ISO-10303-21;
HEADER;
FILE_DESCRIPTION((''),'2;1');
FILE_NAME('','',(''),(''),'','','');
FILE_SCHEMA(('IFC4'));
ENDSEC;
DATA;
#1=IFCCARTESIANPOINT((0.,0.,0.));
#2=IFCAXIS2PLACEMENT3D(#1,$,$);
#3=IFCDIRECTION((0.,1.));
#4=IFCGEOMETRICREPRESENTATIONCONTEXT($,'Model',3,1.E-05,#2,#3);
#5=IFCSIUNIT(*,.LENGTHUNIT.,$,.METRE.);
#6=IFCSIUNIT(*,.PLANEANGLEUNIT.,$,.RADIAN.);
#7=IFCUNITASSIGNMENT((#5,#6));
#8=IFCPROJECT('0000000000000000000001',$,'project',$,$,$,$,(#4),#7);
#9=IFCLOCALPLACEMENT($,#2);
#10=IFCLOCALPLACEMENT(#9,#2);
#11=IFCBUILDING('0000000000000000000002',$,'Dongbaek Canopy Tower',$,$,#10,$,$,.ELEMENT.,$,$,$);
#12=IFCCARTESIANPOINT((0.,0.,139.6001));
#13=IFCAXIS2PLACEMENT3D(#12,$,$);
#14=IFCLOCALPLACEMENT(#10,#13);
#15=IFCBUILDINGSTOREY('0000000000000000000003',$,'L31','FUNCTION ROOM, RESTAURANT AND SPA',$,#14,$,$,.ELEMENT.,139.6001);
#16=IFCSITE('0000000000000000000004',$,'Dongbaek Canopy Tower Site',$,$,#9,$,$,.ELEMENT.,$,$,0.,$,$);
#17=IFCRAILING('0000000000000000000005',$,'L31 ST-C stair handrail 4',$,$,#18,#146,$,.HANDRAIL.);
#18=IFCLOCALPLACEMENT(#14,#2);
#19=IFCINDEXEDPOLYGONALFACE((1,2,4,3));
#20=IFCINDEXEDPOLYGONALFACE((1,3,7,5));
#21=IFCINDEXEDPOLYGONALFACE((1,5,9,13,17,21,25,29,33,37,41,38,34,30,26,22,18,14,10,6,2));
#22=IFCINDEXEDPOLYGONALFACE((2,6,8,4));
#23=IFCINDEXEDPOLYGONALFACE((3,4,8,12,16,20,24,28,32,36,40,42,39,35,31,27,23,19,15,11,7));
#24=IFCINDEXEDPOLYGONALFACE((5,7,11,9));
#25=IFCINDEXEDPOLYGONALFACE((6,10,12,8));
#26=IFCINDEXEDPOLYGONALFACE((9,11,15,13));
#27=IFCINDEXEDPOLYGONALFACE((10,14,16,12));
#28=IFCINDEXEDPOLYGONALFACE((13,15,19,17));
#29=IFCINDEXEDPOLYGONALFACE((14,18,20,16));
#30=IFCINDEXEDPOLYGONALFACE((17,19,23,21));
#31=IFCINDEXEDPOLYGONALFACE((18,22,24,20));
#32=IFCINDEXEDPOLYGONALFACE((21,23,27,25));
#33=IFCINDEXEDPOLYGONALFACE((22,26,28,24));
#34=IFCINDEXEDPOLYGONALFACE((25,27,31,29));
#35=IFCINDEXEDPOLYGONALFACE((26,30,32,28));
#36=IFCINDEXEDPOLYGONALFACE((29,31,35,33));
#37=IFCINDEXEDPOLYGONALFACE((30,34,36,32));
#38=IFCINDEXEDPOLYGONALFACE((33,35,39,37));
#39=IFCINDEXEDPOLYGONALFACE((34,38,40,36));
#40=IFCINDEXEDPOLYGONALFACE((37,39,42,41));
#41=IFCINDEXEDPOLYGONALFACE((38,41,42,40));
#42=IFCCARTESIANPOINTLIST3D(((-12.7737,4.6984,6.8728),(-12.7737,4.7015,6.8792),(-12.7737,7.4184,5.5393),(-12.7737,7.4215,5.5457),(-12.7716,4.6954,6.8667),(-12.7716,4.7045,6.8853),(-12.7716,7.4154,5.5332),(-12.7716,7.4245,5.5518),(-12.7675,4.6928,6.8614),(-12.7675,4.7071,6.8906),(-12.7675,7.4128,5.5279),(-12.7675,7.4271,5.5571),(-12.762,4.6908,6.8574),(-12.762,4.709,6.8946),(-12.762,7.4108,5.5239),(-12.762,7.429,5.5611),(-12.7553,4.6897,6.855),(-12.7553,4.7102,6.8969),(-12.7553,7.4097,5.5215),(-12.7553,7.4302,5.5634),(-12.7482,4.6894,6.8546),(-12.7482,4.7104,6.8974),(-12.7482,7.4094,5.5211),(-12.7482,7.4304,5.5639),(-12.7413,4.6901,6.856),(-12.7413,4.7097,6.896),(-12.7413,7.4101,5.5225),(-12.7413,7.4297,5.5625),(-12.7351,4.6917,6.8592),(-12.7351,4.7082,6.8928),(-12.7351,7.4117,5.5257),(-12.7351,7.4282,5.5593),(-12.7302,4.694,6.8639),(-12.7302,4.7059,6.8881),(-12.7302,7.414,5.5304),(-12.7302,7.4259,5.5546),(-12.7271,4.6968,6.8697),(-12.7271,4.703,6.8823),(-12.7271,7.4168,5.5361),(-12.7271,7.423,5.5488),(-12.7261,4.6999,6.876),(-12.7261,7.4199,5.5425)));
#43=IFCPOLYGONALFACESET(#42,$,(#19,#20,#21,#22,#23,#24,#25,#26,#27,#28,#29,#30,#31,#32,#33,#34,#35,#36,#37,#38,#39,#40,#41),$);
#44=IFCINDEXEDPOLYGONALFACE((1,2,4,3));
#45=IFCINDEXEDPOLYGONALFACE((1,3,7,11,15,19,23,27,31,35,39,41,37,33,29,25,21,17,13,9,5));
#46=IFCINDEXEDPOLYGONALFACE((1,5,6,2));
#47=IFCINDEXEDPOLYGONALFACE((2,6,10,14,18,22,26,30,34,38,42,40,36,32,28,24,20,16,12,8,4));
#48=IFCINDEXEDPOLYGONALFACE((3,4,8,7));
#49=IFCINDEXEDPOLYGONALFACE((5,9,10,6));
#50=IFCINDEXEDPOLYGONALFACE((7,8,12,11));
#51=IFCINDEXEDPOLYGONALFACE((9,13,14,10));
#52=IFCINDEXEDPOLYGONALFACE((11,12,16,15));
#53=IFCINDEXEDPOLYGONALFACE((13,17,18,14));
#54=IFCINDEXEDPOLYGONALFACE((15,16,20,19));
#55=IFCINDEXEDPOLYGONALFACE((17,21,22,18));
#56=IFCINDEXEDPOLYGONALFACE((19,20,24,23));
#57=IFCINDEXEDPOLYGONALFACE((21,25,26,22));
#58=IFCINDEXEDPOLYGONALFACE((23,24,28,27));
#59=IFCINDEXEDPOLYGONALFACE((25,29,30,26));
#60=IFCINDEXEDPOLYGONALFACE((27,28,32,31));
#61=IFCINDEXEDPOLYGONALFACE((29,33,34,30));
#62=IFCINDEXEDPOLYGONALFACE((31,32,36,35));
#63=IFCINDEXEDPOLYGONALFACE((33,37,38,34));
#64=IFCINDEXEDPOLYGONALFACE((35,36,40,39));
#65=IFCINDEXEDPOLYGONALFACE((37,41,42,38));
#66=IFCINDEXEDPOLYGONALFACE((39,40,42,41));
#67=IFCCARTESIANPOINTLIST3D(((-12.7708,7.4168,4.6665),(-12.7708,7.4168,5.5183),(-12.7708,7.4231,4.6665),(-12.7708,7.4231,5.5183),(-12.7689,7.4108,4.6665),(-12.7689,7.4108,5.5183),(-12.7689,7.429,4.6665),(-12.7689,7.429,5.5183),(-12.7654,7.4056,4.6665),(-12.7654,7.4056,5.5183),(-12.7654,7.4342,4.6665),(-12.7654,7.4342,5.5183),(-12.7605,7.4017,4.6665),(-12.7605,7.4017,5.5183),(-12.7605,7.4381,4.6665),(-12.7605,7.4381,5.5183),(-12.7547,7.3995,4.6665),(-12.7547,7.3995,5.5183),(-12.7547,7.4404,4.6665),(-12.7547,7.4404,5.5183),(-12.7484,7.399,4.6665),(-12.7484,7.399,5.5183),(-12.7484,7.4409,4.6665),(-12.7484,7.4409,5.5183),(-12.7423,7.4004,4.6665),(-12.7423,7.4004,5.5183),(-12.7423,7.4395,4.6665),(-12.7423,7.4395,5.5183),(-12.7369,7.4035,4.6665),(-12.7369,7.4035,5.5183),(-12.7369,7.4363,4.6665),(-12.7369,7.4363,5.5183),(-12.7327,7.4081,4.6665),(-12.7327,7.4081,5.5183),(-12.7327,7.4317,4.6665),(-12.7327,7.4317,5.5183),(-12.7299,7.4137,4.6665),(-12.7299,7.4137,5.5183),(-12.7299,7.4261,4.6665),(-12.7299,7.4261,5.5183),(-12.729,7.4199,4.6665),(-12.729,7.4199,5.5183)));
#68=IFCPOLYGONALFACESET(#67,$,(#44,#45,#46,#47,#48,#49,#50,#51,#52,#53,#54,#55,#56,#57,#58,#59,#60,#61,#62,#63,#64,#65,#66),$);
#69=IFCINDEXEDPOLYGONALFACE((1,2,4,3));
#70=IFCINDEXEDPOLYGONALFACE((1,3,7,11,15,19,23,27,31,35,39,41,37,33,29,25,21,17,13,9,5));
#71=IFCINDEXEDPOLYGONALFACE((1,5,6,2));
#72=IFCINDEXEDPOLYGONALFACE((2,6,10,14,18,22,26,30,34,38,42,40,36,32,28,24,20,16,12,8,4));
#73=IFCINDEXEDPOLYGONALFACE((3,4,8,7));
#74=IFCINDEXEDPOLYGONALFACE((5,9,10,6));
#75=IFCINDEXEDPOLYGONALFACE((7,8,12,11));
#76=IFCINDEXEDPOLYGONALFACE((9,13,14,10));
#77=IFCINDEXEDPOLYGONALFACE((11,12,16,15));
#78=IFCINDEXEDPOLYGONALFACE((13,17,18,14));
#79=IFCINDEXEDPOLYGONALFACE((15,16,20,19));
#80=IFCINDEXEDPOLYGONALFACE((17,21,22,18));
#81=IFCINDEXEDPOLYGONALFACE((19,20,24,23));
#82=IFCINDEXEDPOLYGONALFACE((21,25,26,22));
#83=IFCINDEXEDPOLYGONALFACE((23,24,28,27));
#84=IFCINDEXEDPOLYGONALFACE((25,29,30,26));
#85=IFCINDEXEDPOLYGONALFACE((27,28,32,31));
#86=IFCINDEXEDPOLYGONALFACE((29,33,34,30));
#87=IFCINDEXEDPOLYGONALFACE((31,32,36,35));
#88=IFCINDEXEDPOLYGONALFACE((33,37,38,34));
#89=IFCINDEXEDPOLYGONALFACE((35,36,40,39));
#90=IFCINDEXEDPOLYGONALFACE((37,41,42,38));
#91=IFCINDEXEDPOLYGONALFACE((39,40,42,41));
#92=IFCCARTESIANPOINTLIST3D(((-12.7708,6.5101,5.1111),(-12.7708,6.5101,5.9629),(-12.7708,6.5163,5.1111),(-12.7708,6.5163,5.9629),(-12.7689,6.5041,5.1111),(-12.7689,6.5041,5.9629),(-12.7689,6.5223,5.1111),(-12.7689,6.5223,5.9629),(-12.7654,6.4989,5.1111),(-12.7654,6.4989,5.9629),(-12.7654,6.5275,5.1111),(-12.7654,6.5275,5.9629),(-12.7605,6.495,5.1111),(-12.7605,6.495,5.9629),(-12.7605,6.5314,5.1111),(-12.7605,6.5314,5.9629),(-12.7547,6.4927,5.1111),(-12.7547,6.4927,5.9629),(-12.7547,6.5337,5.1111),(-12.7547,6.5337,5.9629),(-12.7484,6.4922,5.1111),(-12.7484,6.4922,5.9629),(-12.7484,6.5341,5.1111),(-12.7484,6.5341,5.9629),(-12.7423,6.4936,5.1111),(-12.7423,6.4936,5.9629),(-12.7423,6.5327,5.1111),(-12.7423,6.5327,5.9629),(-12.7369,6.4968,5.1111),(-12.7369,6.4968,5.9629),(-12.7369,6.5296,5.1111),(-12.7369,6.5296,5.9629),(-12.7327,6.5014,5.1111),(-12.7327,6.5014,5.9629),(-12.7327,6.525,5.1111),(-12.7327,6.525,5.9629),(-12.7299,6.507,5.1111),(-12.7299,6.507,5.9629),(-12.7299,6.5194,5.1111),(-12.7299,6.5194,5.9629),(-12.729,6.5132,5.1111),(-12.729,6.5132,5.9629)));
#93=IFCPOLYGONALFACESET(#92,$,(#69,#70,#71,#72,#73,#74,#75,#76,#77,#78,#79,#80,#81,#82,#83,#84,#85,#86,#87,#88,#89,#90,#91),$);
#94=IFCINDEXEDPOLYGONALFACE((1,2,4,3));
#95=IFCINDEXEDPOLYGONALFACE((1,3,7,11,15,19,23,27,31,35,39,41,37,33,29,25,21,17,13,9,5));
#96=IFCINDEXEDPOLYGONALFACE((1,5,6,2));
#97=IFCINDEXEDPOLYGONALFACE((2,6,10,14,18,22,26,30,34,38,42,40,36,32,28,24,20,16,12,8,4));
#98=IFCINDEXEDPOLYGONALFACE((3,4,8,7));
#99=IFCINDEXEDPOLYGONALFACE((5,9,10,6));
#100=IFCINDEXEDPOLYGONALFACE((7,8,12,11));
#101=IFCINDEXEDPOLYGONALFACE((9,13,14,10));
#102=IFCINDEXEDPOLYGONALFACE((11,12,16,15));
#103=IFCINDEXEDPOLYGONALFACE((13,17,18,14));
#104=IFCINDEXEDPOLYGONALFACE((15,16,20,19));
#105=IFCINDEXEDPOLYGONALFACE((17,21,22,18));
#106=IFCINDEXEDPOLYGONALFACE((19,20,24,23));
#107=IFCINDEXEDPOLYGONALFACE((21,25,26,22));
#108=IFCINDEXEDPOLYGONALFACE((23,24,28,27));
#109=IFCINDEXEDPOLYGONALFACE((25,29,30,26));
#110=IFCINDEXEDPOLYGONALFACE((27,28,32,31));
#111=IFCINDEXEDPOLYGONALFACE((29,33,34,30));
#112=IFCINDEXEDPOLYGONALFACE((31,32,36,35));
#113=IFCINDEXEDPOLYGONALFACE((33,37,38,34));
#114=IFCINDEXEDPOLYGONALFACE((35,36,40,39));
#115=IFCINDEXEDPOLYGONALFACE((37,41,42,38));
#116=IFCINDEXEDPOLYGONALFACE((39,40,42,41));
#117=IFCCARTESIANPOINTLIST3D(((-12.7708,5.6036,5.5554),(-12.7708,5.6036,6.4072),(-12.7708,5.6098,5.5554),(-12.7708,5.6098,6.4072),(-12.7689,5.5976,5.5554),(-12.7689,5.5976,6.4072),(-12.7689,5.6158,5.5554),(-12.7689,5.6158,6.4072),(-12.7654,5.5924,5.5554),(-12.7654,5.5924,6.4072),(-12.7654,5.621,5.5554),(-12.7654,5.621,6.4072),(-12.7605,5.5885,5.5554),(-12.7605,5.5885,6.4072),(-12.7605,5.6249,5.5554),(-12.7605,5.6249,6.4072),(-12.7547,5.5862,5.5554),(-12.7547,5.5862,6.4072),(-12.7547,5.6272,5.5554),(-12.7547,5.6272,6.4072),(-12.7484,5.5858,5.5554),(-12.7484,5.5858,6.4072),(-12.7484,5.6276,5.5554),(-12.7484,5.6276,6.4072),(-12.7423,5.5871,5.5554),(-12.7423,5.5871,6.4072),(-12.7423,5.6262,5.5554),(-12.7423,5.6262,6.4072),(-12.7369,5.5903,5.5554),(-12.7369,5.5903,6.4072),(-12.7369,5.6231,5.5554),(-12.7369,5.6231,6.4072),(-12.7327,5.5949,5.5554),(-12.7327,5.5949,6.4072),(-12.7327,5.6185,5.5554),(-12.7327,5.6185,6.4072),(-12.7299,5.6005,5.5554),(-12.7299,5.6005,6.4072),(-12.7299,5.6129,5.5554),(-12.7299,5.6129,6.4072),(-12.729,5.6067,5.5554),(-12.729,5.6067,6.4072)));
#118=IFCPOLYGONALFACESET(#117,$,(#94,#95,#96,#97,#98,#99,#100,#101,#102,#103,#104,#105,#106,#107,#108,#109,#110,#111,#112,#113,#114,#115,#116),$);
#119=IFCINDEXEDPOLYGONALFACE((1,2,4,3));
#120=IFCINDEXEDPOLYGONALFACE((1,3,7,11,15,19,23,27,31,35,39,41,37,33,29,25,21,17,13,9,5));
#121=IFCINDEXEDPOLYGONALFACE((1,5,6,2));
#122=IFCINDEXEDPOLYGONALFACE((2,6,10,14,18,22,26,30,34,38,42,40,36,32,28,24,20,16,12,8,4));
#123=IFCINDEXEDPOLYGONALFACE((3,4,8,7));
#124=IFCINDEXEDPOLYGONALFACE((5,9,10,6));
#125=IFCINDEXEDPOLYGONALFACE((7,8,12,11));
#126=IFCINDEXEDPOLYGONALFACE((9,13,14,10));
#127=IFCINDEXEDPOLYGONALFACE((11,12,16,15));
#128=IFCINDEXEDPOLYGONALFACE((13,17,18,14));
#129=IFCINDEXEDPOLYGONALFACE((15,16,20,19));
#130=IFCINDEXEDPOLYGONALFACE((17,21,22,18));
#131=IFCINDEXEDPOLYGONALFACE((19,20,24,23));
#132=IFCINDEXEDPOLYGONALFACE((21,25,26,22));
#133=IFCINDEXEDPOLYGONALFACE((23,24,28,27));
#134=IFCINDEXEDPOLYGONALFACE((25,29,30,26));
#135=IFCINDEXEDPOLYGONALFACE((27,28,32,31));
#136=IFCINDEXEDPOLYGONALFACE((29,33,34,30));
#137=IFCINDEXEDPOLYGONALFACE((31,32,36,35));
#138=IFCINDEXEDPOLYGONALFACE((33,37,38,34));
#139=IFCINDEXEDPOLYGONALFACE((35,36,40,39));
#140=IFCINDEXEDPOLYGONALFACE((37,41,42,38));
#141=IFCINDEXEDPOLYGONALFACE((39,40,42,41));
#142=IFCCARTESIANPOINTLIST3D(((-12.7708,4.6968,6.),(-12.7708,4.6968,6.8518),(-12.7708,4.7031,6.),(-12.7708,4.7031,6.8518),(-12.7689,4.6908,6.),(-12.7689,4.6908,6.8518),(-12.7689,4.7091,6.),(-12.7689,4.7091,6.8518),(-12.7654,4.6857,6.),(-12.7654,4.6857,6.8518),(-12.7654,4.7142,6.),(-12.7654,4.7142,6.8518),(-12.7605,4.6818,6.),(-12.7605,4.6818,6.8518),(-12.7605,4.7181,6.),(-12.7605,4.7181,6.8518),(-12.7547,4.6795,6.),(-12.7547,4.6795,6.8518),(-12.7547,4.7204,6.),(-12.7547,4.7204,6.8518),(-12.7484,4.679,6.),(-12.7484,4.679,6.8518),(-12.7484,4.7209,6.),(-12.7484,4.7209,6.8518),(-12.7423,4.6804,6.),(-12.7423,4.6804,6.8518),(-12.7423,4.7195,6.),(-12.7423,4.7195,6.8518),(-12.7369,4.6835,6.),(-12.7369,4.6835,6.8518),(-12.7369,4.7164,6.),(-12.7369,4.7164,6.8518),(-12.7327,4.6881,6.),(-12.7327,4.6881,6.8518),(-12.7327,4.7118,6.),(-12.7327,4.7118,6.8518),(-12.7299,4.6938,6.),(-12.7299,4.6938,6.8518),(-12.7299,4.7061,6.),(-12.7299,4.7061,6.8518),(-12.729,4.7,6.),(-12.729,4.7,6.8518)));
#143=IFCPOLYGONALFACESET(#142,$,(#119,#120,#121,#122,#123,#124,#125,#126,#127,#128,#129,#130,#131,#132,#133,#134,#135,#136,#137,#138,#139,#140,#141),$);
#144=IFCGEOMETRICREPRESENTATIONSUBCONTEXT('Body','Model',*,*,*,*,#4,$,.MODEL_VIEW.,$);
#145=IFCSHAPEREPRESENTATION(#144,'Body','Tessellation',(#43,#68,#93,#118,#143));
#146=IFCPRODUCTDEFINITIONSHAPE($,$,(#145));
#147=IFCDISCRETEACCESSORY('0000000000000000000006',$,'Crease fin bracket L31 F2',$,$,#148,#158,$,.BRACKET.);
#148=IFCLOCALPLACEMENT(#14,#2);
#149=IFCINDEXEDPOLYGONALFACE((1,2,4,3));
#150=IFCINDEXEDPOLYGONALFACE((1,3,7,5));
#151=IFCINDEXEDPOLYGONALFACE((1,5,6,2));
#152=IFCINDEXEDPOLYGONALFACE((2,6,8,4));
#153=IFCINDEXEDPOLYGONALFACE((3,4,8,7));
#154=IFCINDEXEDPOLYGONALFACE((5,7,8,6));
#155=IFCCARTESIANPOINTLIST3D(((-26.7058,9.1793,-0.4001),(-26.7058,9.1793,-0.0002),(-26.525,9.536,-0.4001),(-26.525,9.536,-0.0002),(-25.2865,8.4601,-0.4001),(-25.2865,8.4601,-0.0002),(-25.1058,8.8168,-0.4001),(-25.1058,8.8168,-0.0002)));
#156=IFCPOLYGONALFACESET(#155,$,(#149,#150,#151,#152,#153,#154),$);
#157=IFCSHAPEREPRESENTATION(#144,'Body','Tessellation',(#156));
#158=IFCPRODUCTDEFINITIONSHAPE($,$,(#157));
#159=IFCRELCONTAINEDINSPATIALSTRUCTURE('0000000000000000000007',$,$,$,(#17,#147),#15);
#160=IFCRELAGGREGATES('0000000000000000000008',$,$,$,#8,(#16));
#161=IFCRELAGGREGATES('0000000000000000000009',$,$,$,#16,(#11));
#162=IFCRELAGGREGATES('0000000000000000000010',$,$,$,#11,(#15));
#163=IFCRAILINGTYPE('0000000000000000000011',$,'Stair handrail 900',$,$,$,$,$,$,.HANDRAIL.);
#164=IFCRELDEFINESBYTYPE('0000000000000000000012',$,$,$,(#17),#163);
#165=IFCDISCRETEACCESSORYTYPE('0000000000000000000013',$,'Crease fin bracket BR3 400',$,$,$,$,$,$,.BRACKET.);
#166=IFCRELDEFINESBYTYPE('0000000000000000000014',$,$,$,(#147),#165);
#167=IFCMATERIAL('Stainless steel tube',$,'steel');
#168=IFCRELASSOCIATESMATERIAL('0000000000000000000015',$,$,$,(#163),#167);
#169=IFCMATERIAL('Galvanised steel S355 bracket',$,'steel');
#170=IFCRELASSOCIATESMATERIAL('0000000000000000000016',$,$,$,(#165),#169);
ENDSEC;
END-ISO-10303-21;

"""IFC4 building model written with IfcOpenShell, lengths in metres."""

from ifc_helpers import new_model, si_unit, direction, frame, origin, origin_2d, place, context, subcontext, project, spatial, rectangle, circle, extrude, material, type_object, element, save


model = new_model("IFC4")

# Units and contexts
model_context = context("Model", 3, precision=1e-05, world=origin(), true_north=direction((0.0, 1.0)))
body_context = subcontext(model_context, "Body", "Model", "MODEL_VIEW")
ifc_project = project(units=[si_unit("LENGTHUNIT", "METRE"), si_unit("PLANEANGLEUNIT", "RADIAN")], contexts=[model_context])

# Site, building, storey
site_placement = place(None, origin())
site = spatial("IfcSite", under=ifc_project, at=site_placement, Name="Dongbaek Canopy Tower Site", CompositionType="ELEMENT", RefElevation=0.0)
building_placement = place(site_placement, origin())
building = spatial("IfcBuilding", under=site, at=building_placement, Name="Dongbaek Canopy Tower", CompositionType="ELEMENT")
storey_placement = place(building_placement, frame((0.0, 0.0, 139.6001)))
storey = spatial("IfcBuildingStorey", under=building, at=storey_placement, Name="L31", Description="FUNCTION ROOM, RESTAURANT AND SPA", CompositionType="ELEMENT", Elevation=139.6001)

# Railing
ifc_material_1 = material(Name="Stainless steel tube", Category="steel")
railing_type = type_object("IfcRailingType", Name="Stair handrail 900", PredefinedType="HANDRAIL", material=ifc_material_1)
for number, where, name in (
    (1, (-12.75, 7.4199, 4.6665), "L31 ST-C stair handrail 4"),
):
    element("IfcRailing", number, at=place(storey_placement, frame(where)), inside=storey, type_object=railing_type, Name=name, PredefinedType="HANDRAIL", context=body_context, shape_type="SweptSolid", body=[
        extrude(circle(Radius=0.0239, at=origin_2d()), frame((0.0, 0.0, 0.876), z_axis=(0.0, -0.897898, 0.440204), x_axis=(1.0, 0.0, 0.0)), (0.0, 0.0, 1.0), 3.0293),
        extrude(circle(Radius=0.021, at=origin_2d()), origin(), (0.0, 0.0, 1.0), 0.8518),
        extrude(circle(Radius=0.021, at=origin_2d()), frame((0.0, -0.9067, 0.4446)), (0.0, 0.0, 1.0), 0.8518),
        extrude(circle(Radius=0.021, at=origin_2d()), frame((0.0, -1.8132, 0.8889)), (0.0, 0.0, 1.0), 0.8518),
        extrude(circle(Radius=0.021, at=origin_2d()), frame((0.0, -2.72, 1.3335)), (0.0, 0.0, 1.0), 0.8518),
    ])

# Discrete accessory
ifc_material_2 = material(Name="Galvanised steel S355 bracket", Category="steel")
discrete_accessory_type = type_object("IfcDiscreteAccessoryType", Name="Crease fin bracket BR3 400", PredefinedType="BRACKET", material=ifc_material_2)
discrete_accessory_placement = place(storey_placement, frame((-25.9058, 8.998, -0.4001), z_axis=(0.0, 0.0, 1.0), x_axis=(-0.892011, 0.452014, 0.0)))
element("IfcDiscreteAccessory", 2, at=discrete_accessory_placement, inside=storey, type_object=discrete_accessory_type, Name="Crease fin bracket L31 F2", PredefinedType="BRACKET", context=body_context, shape_type="SweptSolid", body=[
    extrude(rectangle(XDim=1.5911, YDim=0.3999, at=origin_2d()), origin(), (0.0, 0.0, 1.0), 0.3999),
])

save(model, "model.ifc")
